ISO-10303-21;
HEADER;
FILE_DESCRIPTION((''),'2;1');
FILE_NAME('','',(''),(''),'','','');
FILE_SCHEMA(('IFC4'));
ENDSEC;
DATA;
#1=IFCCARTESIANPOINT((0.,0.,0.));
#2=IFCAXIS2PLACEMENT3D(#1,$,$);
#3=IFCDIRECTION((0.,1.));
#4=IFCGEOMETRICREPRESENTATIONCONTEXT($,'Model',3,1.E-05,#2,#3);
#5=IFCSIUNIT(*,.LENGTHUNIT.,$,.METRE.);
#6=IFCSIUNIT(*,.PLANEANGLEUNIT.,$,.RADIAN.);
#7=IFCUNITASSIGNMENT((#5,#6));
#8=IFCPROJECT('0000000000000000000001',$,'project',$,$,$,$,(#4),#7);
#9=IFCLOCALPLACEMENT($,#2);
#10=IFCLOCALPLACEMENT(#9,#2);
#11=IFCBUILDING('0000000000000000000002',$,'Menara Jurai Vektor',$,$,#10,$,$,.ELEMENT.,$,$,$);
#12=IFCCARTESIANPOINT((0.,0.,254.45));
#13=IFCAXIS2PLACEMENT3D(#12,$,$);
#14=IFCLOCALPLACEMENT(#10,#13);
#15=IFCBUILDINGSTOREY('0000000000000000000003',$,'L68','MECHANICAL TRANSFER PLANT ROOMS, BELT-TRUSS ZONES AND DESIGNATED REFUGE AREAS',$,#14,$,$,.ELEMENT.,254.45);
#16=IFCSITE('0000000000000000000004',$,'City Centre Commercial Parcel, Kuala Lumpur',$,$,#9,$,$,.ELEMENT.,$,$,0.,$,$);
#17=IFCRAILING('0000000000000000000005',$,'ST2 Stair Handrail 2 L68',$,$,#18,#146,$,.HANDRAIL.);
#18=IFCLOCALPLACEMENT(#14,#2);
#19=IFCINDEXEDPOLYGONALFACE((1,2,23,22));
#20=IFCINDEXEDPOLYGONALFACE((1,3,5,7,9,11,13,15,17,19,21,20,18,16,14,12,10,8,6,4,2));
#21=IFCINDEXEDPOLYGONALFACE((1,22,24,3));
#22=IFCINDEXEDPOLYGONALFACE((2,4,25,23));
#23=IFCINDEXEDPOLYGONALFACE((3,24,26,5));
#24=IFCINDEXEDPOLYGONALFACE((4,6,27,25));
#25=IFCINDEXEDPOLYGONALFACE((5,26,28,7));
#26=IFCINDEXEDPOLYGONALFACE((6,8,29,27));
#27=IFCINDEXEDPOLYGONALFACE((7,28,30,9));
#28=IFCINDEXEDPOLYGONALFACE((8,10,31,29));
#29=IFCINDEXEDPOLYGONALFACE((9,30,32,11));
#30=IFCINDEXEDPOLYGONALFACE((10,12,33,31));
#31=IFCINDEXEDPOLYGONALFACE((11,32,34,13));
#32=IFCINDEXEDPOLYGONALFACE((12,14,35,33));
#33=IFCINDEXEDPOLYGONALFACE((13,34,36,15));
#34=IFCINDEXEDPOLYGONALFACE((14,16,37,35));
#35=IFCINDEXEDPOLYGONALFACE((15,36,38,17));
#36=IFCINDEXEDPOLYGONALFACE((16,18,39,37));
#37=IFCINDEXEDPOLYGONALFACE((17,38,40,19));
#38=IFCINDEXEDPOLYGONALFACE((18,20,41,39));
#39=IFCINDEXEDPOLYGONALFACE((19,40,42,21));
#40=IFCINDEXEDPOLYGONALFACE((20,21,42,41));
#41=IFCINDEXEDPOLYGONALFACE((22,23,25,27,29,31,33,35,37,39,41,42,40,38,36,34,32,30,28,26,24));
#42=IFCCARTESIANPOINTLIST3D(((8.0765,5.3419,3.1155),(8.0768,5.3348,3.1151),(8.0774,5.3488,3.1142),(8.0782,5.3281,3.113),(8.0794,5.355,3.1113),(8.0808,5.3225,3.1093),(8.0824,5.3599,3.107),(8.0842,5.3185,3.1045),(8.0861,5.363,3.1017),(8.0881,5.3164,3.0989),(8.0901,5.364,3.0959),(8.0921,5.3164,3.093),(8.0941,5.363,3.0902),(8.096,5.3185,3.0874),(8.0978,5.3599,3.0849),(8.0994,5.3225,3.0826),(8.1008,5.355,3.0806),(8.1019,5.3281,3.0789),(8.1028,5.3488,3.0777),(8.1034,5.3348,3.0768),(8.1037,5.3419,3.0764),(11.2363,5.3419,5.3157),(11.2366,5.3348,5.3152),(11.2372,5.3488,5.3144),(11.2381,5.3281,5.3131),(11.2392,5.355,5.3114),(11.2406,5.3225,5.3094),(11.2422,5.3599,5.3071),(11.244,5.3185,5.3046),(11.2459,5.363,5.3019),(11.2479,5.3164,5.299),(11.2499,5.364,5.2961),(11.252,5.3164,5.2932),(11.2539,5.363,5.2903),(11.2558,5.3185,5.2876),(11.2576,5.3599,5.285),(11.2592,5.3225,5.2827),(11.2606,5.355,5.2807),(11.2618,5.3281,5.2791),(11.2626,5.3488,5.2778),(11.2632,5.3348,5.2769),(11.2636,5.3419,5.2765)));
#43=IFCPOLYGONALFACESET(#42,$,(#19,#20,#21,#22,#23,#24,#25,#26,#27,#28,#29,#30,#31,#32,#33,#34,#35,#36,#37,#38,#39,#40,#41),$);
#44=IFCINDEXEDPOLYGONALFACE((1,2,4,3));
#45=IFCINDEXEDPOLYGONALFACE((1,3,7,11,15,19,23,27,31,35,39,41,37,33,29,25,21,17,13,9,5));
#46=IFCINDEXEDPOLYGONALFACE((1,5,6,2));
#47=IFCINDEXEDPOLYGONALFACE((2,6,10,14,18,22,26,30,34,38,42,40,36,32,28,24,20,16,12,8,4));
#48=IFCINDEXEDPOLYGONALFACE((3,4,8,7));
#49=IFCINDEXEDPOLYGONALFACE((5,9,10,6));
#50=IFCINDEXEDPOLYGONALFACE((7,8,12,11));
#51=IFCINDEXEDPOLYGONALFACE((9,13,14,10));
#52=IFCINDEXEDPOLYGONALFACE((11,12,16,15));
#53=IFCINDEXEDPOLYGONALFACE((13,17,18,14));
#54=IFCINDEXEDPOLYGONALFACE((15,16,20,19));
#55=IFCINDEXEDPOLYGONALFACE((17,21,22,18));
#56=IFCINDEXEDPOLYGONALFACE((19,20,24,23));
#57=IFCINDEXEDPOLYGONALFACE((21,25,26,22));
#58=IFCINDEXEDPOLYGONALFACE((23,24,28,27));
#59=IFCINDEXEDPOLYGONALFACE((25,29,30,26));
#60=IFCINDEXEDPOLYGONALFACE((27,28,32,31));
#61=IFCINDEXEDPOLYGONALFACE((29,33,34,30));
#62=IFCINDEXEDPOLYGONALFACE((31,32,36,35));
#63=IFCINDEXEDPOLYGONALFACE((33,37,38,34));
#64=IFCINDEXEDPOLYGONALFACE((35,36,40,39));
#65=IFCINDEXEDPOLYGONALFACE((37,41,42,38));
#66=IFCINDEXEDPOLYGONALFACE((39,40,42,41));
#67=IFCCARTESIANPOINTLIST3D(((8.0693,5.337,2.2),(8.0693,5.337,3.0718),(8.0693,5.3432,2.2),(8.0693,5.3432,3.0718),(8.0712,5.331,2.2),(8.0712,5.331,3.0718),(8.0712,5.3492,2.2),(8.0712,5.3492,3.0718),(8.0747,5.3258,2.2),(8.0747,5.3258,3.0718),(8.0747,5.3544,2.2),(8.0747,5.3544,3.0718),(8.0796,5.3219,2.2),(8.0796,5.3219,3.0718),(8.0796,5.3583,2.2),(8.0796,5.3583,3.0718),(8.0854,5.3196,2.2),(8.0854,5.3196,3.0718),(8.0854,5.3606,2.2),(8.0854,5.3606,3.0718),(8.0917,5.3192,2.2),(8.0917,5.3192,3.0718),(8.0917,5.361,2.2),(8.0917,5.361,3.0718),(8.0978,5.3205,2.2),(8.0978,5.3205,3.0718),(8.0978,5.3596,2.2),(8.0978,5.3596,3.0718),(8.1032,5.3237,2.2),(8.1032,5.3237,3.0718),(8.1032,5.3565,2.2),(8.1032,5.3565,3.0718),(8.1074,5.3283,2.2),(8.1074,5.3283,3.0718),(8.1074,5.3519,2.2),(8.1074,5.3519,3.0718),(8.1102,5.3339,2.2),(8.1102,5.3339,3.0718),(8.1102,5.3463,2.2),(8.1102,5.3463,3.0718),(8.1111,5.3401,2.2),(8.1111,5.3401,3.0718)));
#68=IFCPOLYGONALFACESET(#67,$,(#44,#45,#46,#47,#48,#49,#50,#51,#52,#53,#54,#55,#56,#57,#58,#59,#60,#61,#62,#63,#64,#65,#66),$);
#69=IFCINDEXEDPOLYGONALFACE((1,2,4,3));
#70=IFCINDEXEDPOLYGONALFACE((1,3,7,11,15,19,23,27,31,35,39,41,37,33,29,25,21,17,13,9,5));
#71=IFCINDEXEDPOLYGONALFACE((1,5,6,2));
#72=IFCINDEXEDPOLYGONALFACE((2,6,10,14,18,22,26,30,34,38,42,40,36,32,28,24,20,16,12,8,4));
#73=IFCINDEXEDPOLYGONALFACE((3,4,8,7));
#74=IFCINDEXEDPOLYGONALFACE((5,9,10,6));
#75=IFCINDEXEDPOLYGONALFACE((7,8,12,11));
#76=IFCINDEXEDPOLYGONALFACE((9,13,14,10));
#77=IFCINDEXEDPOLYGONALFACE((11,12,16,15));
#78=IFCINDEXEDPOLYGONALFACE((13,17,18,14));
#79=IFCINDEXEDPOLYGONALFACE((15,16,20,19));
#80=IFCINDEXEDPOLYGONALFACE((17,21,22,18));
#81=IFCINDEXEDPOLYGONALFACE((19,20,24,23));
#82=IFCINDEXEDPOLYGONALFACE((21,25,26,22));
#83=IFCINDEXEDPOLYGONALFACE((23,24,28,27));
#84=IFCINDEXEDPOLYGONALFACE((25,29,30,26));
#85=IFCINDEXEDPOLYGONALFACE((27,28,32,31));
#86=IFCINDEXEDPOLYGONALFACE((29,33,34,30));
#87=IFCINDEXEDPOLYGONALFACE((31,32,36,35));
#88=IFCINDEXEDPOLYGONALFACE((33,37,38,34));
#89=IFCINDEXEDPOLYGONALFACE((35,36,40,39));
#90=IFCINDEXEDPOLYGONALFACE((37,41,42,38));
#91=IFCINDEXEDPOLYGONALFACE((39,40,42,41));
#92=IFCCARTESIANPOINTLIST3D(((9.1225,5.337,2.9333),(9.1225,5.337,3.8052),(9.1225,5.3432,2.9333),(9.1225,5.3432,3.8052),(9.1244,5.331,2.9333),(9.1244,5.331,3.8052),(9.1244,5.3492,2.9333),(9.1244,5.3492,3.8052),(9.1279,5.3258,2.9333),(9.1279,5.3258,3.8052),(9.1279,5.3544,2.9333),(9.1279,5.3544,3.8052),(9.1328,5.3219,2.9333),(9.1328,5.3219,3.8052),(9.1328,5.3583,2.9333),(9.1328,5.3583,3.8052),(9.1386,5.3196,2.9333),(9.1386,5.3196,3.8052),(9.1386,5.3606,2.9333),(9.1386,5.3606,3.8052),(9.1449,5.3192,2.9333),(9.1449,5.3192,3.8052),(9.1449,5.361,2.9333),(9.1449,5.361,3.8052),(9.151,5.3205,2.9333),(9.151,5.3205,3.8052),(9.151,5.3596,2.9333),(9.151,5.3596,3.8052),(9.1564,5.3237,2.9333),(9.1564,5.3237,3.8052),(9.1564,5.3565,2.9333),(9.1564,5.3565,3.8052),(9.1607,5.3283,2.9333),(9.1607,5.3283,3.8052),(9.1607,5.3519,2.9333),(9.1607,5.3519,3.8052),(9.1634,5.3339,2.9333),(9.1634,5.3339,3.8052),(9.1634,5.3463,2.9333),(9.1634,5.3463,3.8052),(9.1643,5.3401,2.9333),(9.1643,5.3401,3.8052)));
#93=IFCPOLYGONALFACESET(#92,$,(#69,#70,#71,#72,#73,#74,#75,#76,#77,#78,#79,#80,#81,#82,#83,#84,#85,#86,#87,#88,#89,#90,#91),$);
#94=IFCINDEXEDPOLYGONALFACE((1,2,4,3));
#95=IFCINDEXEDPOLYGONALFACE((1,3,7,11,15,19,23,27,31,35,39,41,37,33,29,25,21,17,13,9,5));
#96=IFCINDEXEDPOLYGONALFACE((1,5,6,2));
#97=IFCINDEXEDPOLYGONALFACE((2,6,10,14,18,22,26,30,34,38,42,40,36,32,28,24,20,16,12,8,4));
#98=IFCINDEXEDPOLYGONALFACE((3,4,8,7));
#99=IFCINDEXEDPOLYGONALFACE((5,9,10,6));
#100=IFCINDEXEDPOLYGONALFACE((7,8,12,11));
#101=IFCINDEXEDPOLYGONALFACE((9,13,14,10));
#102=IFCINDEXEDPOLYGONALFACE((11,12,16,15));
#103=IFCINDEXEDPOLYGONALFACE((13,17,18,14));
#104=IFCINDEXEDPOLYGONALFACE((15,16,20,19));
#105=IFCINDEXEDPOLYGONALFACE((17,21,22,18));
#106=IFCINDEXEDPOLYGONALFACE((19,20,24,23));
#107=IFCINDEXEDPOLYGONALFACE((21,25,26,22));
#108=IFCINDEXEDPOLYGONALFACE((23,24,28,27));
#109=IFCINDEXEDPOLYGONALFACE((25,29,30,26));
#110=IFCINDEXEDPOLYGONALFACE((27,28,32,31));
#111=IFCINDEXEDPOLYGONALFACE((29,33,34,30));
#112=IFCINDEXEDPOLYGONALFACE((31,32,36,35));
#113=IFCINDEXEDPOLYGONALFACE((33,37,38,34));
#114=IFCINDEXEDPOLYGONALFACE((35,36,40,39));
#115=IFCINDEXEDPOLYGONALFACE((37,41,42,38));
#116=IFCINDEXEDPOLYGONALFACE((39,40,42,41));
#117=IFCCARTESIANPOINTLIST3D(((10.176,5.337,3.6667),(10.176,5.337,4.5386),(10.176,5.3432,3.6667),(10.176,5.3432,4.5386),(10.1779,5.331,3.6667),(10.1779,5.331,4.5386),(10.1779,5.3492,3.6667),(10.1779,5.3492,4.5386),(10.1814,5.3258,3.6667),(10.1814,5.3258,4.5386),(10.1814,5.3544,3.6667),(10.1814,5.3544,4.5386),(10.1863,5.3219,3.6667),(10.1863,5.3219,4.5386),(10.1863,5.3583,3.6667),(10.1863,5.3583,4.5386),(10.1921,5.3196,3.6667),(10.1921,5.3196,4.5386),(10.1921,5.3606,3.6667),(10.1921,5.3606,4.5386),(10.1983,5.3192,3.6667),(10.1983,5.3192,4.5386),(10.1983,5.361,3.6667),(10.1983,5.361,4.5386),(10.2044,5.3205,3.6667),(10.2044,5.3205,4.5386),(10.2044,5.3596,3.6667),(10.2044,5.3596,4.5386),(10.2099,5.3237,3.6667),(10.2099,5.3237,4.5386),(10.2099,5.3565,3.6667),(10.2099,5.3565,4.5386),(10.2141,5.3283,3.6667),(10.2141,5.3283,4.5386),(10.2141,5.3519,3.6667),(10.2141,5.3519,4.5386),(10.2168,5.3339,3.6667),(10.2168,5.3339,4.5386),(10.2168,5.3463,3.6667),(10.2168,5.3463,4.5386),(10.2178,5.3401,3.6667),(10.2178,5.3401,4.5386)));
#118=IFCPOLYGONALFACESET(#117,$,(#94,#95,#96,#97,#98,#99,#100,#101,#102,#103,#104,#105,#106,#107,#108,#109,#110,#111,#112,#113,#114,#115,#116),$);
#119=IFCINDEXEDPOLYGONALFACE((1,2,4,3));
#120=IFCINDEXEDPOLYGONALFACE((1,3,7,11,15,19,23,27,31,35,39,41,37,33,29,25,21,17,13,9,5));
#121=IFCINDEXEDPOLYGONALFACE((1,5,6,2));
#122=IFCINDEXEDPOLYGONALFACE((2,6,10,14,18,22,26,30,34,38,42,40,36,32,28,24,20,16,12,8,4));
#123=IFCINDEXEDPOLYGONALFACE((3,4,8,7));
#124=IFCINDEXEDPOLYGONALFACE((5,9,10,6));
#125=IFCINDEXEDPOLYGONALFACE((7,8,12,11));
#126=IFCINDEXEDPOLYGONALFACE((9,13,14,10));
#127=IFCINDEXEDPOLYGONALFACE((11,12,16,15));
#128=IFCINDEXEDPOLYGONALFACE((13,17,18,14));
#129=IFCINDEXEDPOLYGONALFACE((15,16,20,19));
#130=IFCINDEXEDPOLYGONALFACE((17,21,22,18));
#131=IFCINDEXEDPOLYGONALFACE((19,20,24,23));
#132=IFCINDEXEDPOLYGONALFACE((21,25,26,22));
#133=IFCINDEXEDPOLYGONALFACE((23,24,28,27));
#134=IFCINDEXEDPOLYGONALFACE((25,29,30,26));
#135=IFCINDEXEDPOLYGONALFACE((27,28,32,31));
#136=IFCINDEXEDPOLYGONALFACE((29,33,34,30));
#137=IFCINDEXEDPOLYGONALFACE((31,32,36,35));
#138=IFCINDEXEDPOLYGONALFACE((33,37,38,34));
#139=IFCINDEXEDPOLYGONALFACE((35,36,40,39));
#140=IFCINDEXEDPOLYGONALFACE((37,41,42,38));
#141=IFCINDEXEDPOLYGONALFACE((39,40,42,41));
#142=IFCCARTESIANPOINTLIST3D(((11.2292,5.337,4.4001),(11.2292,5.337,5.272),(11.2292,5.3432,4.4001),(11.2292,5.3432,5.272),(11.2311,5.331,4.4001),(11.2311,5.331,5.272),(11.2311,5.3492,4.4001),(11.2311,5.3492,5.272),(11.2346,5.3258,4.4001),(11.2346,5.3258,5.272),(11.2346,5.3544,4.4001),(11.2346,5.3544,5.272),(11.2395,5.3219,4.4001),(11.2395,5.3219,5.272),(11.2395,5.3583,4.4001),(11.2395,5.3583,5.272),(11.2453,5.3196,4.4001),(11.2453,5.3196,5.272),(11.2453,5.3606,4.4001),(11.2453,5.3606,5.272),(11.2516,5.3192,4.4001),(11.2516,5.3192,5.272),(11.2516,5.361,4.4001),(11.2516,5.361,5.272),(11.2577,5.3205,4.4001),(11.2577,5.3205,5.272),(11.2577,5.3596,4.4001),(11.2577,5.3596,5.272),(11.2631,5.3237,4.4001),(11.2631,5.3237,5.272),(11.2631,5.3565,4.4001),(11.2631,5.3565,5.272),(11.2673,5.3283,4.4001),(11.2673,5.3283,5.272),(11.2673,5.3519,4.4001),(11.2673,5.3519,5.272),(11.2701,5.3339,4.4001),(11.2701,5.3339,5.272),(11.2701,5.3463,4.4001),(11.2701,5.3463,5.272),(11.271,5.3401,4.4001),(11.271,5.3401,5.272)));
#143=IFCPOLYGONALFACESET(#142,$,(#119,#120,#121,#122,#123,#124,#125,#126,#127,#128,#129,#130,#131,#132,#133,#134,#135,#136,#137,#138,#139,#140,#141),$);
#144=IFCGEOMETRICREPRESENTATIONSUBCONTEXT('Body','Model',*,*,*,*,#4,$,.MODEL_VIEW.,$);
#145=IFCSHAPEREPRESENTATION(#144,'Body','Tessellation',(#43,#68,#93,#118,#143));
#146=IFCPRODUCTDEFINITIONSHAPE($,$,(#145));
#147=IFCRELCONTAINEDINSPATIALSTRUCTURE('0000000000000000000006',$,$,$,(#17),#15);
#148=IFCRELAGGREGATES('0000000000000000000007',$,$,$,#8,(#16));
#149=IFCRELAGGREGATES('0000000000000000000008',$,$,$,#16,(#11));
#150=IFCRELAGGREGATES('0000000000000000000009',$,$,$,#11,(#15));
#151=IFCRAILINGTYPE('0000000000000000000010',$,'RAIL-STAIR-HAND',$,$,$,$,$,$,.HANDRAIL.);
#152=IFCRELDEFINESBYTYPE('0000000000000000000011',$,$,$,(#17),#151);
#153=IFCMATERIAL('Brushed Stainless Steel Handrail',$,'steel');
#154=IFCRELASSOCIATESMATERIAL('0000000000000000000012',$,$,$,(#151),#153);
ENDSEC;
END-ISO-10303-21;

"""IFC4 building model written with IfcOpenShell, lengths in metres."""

from ifc_helpers import new_model, si_unit, direction, frame, origin, origin_2d, place, context, subcontext, project, spatial, circle, extrude, material, type_object, element, save


model = new_model("IFC4")

# Units and contexts
model_context = context("Model", 3, precision=1e-05, world=origin(), true_north=direction((0.0, 1.0)))
body_context = subcontext(model_context, "Body", "Model", "MODEL_VIEW")
ifc_project = project(units=[si_unit("LENGTHUNIT", "METRE"), si_unit("PLANEANGLEUNIT", "RADIAN")], contexts=[model_context])

# Site, building, storey
site_placement = place(None, origin())
site = spatial("IfcSite", under=ifc_project, at=site_placement, Name="City Centre Commercial Parcel, Kuala Lumpur", CompositionType="ELEMENT", RefElevation=0.0)
building_placement = place(site_placement, origin())
building = spatial("IfcBuilding", under=site, at=building_placement, Name="Menara Jurai Vektor", CompositionType="ELEMENT")
storey_placement = place(building_placement, frame((0.0, 0.0, 254.45)))
storey = spatial("IfcBuildingStorey", under=building, at=storey_placement, Name="L68", Description="MECHANICAL TRANSFER PLANT ROOMS, BELT-TRUSS ZONES AND DESIGNATED REFUGE AREAS", CompositionType="ELEMENT", Elevation=254.45)

# Railing
ifc_material_1 = material(Name="Brushed Stainless Steel Handrail", Category="steel")
railing_type_1 = type_object("IfcRailingType", Name="RAIL-STAIR-HAND", PredefinedType="HANDRAIL", material=ifc_material_1)
railing_1_placement = place(storey_placement, frame((8.0901, 5.3401, 2.2)))
element("IfcRailing", 1, at=railing_1_placement, inside=storey, type_object=railing_type_1, Name="ST2 Stair Handrail 2 L68", PredefinedType="HANDRAIL", context=body_context, shape_type="SweptSolid", body=[
    extrude(circle(Radius=0.0239, at=origin_2d()), frame((0.0, 0.0, 0.896), z_axis=(0.820662, 0.0, 0.571414), x_axis=(0.0, 1.0, 0.0)), (0.0, 0.0, 1.0), 3.8503),
    extrude(circle(Radius=0.021, at=origin_2d()), origin(), (0.0, 0.0, 1.0), 0.8718),
    extrude(circle(Radius=0.021, at=origin_2d()), frame((1.0532, 0.0, 0.7334)), (0.0, 0.0, 1.0), 0.8718),
    extrude(circle(Radius=0.021, at=origin_2d()), frame((2.1067, 0.0, 1.4668)), (0.0, 0.0, 1.0), 0.8718),
    extrude(circle(Radius=0.021, at=origin_2d()), frame((3.1599, 0.0, 2.2002)), (0.0, 0.0, 1.0), 0.8718),
])

save(model, "model.ifc")
